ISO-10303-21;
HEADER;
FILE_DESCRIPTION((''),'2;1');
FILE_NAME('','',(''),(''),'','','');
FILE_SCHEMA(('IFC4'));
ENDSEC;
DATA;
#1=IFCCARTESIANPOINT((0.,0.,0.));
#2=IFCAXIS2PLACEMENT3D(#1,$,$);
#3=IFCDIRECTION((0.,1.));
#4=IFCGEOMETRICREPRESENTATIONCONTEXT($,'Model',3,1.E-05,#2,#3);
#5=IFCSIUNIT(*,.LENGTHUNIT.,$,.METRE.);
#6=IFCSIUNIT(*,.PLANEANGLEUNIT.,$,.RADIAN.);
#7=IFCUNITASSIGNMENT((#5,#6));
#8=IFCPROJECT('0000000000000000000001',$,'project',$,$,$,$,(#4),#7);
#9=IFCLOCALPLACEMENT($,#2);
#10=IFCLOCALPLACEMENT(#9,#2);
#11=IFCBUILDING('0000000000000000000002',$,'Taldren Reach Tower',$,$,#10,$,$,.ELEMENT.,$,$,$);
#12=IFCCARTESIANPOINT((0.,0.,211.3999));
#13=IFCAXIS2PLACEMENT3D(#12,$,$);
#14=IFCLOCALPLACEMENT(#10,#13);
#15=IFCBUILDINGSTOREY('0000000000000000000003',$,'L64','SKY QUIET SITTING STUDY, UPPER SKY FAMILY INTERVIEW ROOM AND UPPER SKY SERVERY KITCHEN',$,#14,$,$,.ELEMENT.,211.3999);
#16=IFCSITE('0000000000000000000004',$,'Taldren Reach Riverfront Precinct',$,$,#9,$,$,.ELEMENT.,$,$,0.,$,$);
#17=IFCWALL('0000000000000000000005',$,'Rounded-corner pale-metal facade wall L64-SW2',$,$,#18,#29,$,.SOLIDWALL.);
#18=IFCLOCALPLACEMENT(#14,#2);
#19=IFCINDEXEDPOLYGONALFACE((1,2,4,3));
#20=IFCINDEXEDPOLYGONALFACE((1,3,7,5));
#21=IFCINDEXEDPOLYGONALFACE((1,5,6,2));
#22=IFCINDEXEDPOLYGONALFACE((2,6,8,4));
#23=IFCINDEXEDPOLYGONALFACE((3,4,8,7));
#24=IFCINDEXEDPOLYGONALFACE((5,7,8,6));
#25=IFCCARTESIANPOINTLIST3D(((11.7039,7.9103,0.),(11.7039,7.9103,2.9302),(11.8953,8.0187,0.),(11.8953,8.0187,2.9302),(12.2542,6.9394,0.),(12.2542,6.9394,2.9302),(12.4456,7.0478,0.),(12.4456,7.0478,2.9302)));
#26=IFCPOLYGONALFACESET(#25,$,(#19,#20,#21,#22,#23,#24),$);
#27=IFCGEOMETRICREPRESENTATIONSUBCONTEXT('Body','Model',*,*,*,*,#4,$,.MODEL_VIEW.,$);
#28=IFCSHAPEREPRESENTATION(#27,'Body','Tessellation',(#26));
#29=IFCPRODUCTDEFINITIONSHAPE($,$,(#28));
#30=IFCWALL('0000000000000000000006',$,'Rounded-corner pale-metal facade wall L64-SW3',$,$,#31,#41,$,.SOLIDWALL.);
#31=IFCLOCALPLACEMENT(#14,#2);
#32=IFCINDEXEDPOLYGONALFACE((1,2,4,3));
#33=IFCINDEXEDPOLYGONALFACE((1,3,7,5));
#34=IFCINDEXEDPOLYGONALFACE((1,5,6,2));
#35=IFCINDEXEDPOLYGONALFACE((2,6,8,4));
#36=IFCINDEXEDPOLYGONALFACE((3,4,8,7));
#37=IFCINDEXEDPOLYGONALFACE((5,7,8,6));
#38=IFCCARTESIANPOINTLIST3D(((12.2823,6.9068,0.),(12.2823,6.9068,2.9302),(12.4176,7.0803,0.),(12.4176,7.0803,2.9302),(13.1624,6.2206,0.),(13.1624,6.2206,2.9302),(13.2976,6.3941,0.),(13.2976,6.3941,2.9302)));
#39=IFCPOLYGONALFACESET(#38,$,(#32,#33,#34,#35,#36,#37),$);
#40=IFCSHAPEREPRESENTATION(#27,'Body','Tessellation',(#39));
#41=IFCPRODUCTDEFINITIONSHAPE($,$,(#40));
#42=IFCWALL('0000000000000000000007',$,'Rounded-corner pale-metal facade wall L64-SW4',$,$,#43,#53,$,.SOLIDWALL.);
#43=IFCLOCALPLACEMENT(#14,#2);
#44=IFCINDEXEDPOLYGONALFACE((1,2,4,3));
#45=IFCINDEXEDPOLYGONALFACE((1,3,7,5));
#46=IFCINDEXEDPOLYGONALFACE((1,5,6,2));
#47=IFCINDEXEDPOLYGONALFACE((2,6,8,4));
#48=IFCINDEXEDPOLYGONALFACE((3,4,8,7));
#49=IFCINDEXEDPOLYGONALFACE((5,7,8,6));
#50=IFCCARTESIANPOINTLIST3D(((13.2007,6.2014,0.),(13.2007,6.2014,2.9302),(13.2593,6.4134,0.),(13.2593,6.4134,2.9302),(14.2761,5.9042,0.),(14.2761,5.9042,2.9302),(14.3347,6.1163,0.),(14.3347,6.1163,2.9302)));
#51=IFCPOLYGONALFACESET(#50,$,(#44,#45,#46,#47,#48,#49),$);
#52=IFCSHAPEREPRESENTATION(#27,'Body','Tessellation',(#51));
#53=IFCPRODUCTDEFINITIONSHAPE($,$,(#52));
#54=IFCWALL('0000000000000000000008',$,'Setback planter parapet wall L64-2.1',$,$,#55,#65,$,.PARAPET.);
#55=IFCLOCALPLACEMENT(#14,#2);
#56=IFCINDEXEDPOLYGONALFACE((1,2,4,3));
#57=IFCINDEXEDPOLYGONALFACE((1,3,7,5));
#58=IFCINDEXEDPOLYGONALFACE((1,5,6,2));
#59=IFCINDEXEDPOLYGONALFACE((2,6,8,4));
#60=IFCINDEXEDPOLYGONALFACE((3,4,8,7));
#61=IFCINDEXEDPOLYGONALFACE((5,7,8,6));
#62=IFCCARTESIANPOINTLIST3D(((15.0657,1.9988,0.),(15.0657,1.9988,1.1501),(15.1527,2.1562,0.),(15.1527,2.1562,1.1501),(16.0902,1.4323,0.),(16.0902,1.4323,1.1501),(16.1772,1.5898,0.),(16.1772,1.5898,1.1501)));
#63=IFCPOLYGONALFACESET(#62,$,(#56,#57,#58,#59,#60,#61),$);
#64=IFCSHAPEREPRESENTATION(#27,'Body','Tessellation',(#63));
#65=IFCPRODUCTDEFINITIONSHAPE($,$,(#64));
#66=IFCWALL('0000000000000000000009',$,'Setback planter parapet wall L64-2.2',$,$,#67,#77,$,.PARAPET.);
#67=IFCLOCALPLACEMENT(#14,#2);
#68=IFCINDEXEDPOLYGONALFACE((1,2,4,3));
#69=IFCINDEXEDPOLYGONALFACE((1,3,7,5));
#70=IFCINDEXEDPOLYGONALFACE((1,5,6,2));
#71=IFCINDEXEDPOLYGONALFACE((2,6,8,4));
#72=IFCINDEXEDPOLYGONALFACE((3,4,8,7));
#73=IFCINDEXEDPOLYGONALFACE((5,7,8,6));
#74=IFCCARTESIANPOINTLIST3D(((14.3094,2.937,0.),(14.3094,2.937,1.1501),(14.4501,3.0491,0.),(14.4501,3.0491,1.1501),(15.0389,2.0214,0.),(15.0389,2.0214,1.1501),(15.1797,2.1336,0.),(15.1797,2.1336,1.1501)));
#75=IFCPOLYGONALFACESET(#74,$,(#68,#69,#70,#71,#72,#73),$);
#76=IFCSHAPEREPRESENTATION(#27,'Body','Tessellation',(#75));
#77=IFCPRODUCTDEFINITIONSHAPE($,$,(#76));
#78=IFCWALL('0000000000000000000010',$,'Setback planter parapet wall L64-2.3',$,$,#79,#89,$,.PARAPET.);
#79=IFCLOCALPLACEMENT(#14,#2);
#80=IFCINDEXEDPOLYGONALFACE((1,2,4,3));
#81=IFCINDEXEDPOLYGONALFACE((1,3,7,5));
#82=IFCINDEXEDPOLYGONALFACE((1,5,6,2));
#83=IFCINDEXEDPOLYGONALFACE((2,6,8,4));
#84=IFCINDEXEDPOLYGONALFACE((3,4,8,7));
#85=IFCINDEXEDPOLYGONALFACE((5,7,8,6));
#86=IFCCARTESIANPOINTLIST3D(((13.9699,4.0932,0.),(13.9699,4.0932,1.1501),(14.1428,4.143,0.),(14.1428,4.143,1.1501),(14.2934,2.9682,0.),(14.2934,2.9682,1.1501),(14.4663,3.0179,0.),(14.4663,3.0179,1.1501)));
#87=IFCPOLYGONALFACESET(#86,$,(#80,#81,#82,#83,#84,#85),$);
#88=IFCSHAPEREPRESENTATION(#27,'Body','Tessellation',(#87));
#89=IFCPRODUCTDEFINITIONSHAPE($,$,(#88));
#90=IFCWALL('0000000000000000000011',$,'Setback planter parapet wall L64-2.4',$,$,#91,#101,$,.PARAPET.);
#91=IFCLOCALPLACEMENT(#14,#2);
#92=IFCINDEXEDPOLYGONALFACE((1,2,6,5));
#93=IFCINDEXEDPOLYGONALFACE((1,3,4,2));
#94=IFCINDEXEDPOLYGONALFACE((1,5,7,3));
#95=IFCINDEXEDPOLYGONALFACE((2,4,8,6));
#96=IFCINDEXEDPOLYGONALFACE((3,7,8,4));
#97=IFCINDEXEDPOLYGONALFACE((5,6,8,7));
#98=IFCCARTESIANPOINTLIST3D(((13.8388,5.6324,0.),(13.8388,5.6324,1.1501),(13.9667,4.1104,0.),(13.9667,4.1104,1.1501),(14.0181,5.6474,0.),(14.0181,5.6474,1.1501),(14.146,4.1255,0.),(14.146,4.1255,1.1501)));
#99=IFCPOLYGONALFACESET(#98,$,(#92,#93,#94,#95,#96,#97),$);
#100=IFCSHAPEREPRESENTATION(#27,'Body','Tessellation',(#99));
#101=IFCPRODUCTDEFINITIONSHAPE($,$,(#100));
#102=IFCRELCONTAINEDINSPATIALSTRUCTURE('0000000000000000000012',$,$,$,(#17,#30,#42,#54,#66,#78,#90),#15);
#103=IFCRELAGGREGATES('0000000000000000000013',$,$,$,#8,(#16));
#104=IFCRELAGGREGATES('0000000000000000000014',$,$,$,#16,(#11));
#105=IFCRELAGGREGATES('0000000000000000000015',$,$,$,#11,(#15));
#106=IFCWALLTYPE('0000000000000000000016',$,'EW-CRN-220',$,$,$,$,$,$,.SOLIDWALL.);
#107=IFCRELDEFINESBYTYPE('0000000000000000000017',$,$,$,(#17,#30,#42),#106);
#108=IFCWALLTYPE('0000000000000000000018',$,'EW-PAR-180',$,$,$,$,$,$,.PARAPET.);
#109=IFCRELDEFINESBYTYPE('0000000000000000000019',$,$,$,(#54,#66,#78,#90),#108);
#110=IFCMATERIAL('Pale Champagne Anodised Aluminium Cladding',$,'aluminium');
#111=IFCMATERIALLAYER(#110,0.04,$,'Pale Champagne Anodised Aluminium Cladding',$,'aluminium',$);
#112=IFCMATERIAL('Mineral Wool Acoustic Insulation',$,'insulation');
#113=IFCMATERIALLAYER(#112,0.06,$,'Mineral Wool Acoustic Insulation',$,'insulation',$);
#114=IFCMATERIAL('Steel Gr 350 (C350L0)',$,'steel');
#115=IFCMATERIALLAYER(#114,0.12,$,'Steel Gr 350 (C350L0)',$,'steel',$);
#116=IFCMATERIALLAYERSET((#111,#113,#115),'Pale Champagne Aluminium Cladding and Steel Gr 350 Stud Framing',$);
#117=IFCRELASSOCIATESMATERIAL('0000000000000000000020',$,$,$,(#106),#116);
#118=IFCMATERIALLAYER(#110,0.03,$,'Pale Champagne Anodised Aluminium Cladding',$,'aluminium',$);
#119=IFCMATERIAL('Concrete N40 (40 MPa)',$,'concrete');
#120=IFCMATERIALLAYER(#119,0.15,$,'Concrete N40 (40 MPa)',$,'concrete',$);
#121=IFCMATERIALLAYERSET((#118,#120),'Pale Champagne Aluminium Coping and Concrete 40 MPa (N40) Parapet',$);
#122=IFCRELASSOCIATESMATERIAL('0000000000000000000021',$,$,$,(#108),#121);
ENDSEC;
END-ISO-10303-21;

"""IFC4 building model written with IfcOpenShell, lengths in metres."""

from ifc_helpers import new_model, si_unit, direction, frame, frame_2d, origin, place, context, subcontext, project, spatial, rectangle, extrude, source, transform, mapped, material, layer, layer_set, type_object, element, save


model = new_model("IFC4")

# Units and contexts
model_context = context("Model", 3, precision=1e-05, world=origin(), true_north=direction((0.0, 1.0)))
body_context = subcontext(model_context, "Body", "Model", "MODEL_VIEW")
ifc_project = project(units=[si_unit("LENGTHUNIT", "METRE"), si_unit("PLANEANGLEUNIT", "RADIAN")], contexts=[model_context])

# Site, building, storey
site_placement = place(None, origin())
site = spatial("IfcSite", under=ifc_project, at=site_placement, Name="Taldren Reach Riverfront Precinct", CompositionType="ELEMENT", RefElevation=0.0)
building_placement = place(site_placement, origin())
building = spatial("IfcBuilding", under=site, at=building_placement, Name="Taldren Reach Tower", CompositionType="ELEMENT")
storey_placement = place(building_placement, frame((0.0, 0.0, 211.3999)))
storey = spatial("IfcBuildingStorey", under=building, at=storey_placement, Name="L64", Description="SKY QUIET SITTING STUDY, UPPER SKY FAMILY INTERVIEW ROOM AND UPPER SKY SERVERY KITCHEN", CompositionType="ELEMENT", Elevation=211.3999)

# Shared definitions
ifc_material_1 = material(Name="Steel Gr 350 (C350L0)", Category="steel")

# Walls
ifc_material_2 = material(Name="Pale Champagne Anodised Aluminium Cladding", Category="aluminium")
ifc_layer_1 = layer(ifc_material_2, 0.04, Name="Pale Champagne Anodised Aluminium Cladding", Category="aluminium")
ifc_material_3 = material(Name="Mineral Wool Acoustic Insulation", Category="insulation")
ifc_layer_2 = layer(ifc_material_3, 0.06, Name="Mineral Wool Acoustic Insulation", Category="insulation")
ifc_layer_3 = layer(ifc_material_1, 0.12, Name="Steel Gr 350 (C350L0)", Category="steel")
ifc_layer_set_1 = layer_set([ifc_layer_1, ifc_layer_2, ifc_layer_3], Name="Pale Champagne Aluminium Cladding and Steel Gr 350 Stud Framing")
wall_type_1 = type_object("IfcWallType", Name="EW-CRN-220", PredefinedType="SOLIDWALL", material=ifc_layer_set_1)
shared_shape_1 = source(origin(), body_context, "Body", "SweptSolid", [
    extrude(rectangle(XDim=1.116, YDim=0.22, at=frame_2d((0.5581, 0.0))), origin(), (0.0, 0.0, 1.0), 2.9302),
])
for number, where, z_axis, x_axis, name in (
    (1, (11.7996, 7.9646, 0.0), (0.0, 0.0, 1.0), (0.493073, -0.869988, 0.0), "Rounded-corner pale-metal facade wall L64-SW2"),
    (2, (12.3499, 6.9937, 0.0), (0.0, 0.0, 1.0), (0.788598, -0.614909, 0.0), "Rounded-corner pale-metal facade wall L64-SW3"),
):
    element("IfcWall", number, at=place(storey_placement, frame(where, z_axis=z_axis, x_axis=x_axis)), inside=storey, type_object=wall_type_1, Name=name, PredefinedType="SOLIDWALL", context=body_context, shape_type="MappedRepresentation", body=[
        mapped(shared_shape_1, transform((0.0, 0.0, 0.0), scale=1.0)),
    ])
shared_shape_2 = source(origin(), body_context, "Body", "SweptSolid", [
    extrude(rectangle(XDim=1.1157, YDim=0.22, at=frame_2d((0.5579, 0.0))), origin(), (0.0, 0.0, 1.0), 2.9302),
])
wall_1_placement = place(storey_placement, frame((13.23, 6.3074, 0.0), z_axis=(0.0, 0.0, 1.0), x_axis=(0.96389, -0.266301, 0.0)))
element("IfcWall", 3, at=wall_1_placement, inside=storey, type_object=wall_type_1, Name="Rounded-corner pale-metal facade wall L64-SW4", PredefinedType="SOLIDWALL", context=body_context, shape_type="MappedRepresentation", body=[
    mapped(shared_shape_2, transform((0.0, 0.0, 0.0), scale=1.0)),
])
ifc_layer_4 = layer(ifc_material_2, 0.03, Name="Pale Champagne Anodised Aluminium Cladding", Category="aluminium")
ifc_material_4 = material(Name="Concrete N40 (40 MPa)", Category="concrete")
ifc_layer_5 = layer(ifc_material_4, 0.15, Name="Concrete N40 (40 MPa)", Category="concrete")
ifc_layer_set_2 = layer_set([ifc_layer_4, ifc_layer_5], Name="Pale Champagne Aluminium Coping and Concrete 40 MPa (N40) Parapet")
wall_type_2 = type_object("IfcWallType", Name="EW-PAR-180", PredefinedType="PARAPET", material=ifc_layer_set_2)
shared_shape_3 = source(origin(), body_context, "Body", "SweptSolid", [
    extrude(rectangle(XDim=1.1707, YDim=0.1799, at=frame_2d((0.5854, 0.0))), origin(), (0.0, 0.0, 1.0), 1.1501),
])
for number, where, z_axis, x_axis, name in (
    (4, (16.1338, 1.511, 0.0), (0.0, 0.0, 1.0), (-0.875139, 0.483871, 0.0), "Setback planter parapet wall L64-2.1"),
    (5, (15.1094, 2.0774, 0.0), (0.0, 0.0, 1.0), (-0.623168, 0.782088, 0.0), "Setback planter parapet wall L64-2.2"),
    (6, (14.3799, 2.9929, 0.0), (0.0, 0.0, 1.0), (-0.276346, 0.961058, 0.0), "Setback planter parapet wall L64-2.3"),
):
    element("IfcWall", number, at=place(storey_placement, frame(where, z_axis=z_axis, x_axis=x_axis)), inside=storey, type_object=wall_type_2, Name=name, PredefinedType="PARAPET", context=body_context, shape_type="MappedRepresentation", body=[
        mapped(shared_shape_3, transform((0.0, 0.0, 0.0), scale=1.0)),
    ])
shared_shape_4 = source(origin(), body_context, "Body", "SweptSolid", [
    extrude(rectangle(XDim=1.5273, YDim=0.1799, at=frame_2d((0.7637, 0.0))), origin(), (0.0, 0.0, 1.0), 1.1501),
])
wall_2_placement = place(storey_placement, frame((14.0564, 4.1179, 0.0), z_axis=(0.0, 0.0, 1.0), x_axis=(-0.08376, 0.996486, 0.0)))
element("IfcWall", 7, at=wall_2_placement, inside=storey, type_object=wall_type_2, Name="Setback planter parapet wall L64-2.4", PredefinedType="PARAPET", context=body_context, shape_type="MappedRepresentation", body=[
    mapped(shared_shape_4, transform((0.0, 0.0, 0.0), scale=1.0)),
])

save(model, "model.ifc")
